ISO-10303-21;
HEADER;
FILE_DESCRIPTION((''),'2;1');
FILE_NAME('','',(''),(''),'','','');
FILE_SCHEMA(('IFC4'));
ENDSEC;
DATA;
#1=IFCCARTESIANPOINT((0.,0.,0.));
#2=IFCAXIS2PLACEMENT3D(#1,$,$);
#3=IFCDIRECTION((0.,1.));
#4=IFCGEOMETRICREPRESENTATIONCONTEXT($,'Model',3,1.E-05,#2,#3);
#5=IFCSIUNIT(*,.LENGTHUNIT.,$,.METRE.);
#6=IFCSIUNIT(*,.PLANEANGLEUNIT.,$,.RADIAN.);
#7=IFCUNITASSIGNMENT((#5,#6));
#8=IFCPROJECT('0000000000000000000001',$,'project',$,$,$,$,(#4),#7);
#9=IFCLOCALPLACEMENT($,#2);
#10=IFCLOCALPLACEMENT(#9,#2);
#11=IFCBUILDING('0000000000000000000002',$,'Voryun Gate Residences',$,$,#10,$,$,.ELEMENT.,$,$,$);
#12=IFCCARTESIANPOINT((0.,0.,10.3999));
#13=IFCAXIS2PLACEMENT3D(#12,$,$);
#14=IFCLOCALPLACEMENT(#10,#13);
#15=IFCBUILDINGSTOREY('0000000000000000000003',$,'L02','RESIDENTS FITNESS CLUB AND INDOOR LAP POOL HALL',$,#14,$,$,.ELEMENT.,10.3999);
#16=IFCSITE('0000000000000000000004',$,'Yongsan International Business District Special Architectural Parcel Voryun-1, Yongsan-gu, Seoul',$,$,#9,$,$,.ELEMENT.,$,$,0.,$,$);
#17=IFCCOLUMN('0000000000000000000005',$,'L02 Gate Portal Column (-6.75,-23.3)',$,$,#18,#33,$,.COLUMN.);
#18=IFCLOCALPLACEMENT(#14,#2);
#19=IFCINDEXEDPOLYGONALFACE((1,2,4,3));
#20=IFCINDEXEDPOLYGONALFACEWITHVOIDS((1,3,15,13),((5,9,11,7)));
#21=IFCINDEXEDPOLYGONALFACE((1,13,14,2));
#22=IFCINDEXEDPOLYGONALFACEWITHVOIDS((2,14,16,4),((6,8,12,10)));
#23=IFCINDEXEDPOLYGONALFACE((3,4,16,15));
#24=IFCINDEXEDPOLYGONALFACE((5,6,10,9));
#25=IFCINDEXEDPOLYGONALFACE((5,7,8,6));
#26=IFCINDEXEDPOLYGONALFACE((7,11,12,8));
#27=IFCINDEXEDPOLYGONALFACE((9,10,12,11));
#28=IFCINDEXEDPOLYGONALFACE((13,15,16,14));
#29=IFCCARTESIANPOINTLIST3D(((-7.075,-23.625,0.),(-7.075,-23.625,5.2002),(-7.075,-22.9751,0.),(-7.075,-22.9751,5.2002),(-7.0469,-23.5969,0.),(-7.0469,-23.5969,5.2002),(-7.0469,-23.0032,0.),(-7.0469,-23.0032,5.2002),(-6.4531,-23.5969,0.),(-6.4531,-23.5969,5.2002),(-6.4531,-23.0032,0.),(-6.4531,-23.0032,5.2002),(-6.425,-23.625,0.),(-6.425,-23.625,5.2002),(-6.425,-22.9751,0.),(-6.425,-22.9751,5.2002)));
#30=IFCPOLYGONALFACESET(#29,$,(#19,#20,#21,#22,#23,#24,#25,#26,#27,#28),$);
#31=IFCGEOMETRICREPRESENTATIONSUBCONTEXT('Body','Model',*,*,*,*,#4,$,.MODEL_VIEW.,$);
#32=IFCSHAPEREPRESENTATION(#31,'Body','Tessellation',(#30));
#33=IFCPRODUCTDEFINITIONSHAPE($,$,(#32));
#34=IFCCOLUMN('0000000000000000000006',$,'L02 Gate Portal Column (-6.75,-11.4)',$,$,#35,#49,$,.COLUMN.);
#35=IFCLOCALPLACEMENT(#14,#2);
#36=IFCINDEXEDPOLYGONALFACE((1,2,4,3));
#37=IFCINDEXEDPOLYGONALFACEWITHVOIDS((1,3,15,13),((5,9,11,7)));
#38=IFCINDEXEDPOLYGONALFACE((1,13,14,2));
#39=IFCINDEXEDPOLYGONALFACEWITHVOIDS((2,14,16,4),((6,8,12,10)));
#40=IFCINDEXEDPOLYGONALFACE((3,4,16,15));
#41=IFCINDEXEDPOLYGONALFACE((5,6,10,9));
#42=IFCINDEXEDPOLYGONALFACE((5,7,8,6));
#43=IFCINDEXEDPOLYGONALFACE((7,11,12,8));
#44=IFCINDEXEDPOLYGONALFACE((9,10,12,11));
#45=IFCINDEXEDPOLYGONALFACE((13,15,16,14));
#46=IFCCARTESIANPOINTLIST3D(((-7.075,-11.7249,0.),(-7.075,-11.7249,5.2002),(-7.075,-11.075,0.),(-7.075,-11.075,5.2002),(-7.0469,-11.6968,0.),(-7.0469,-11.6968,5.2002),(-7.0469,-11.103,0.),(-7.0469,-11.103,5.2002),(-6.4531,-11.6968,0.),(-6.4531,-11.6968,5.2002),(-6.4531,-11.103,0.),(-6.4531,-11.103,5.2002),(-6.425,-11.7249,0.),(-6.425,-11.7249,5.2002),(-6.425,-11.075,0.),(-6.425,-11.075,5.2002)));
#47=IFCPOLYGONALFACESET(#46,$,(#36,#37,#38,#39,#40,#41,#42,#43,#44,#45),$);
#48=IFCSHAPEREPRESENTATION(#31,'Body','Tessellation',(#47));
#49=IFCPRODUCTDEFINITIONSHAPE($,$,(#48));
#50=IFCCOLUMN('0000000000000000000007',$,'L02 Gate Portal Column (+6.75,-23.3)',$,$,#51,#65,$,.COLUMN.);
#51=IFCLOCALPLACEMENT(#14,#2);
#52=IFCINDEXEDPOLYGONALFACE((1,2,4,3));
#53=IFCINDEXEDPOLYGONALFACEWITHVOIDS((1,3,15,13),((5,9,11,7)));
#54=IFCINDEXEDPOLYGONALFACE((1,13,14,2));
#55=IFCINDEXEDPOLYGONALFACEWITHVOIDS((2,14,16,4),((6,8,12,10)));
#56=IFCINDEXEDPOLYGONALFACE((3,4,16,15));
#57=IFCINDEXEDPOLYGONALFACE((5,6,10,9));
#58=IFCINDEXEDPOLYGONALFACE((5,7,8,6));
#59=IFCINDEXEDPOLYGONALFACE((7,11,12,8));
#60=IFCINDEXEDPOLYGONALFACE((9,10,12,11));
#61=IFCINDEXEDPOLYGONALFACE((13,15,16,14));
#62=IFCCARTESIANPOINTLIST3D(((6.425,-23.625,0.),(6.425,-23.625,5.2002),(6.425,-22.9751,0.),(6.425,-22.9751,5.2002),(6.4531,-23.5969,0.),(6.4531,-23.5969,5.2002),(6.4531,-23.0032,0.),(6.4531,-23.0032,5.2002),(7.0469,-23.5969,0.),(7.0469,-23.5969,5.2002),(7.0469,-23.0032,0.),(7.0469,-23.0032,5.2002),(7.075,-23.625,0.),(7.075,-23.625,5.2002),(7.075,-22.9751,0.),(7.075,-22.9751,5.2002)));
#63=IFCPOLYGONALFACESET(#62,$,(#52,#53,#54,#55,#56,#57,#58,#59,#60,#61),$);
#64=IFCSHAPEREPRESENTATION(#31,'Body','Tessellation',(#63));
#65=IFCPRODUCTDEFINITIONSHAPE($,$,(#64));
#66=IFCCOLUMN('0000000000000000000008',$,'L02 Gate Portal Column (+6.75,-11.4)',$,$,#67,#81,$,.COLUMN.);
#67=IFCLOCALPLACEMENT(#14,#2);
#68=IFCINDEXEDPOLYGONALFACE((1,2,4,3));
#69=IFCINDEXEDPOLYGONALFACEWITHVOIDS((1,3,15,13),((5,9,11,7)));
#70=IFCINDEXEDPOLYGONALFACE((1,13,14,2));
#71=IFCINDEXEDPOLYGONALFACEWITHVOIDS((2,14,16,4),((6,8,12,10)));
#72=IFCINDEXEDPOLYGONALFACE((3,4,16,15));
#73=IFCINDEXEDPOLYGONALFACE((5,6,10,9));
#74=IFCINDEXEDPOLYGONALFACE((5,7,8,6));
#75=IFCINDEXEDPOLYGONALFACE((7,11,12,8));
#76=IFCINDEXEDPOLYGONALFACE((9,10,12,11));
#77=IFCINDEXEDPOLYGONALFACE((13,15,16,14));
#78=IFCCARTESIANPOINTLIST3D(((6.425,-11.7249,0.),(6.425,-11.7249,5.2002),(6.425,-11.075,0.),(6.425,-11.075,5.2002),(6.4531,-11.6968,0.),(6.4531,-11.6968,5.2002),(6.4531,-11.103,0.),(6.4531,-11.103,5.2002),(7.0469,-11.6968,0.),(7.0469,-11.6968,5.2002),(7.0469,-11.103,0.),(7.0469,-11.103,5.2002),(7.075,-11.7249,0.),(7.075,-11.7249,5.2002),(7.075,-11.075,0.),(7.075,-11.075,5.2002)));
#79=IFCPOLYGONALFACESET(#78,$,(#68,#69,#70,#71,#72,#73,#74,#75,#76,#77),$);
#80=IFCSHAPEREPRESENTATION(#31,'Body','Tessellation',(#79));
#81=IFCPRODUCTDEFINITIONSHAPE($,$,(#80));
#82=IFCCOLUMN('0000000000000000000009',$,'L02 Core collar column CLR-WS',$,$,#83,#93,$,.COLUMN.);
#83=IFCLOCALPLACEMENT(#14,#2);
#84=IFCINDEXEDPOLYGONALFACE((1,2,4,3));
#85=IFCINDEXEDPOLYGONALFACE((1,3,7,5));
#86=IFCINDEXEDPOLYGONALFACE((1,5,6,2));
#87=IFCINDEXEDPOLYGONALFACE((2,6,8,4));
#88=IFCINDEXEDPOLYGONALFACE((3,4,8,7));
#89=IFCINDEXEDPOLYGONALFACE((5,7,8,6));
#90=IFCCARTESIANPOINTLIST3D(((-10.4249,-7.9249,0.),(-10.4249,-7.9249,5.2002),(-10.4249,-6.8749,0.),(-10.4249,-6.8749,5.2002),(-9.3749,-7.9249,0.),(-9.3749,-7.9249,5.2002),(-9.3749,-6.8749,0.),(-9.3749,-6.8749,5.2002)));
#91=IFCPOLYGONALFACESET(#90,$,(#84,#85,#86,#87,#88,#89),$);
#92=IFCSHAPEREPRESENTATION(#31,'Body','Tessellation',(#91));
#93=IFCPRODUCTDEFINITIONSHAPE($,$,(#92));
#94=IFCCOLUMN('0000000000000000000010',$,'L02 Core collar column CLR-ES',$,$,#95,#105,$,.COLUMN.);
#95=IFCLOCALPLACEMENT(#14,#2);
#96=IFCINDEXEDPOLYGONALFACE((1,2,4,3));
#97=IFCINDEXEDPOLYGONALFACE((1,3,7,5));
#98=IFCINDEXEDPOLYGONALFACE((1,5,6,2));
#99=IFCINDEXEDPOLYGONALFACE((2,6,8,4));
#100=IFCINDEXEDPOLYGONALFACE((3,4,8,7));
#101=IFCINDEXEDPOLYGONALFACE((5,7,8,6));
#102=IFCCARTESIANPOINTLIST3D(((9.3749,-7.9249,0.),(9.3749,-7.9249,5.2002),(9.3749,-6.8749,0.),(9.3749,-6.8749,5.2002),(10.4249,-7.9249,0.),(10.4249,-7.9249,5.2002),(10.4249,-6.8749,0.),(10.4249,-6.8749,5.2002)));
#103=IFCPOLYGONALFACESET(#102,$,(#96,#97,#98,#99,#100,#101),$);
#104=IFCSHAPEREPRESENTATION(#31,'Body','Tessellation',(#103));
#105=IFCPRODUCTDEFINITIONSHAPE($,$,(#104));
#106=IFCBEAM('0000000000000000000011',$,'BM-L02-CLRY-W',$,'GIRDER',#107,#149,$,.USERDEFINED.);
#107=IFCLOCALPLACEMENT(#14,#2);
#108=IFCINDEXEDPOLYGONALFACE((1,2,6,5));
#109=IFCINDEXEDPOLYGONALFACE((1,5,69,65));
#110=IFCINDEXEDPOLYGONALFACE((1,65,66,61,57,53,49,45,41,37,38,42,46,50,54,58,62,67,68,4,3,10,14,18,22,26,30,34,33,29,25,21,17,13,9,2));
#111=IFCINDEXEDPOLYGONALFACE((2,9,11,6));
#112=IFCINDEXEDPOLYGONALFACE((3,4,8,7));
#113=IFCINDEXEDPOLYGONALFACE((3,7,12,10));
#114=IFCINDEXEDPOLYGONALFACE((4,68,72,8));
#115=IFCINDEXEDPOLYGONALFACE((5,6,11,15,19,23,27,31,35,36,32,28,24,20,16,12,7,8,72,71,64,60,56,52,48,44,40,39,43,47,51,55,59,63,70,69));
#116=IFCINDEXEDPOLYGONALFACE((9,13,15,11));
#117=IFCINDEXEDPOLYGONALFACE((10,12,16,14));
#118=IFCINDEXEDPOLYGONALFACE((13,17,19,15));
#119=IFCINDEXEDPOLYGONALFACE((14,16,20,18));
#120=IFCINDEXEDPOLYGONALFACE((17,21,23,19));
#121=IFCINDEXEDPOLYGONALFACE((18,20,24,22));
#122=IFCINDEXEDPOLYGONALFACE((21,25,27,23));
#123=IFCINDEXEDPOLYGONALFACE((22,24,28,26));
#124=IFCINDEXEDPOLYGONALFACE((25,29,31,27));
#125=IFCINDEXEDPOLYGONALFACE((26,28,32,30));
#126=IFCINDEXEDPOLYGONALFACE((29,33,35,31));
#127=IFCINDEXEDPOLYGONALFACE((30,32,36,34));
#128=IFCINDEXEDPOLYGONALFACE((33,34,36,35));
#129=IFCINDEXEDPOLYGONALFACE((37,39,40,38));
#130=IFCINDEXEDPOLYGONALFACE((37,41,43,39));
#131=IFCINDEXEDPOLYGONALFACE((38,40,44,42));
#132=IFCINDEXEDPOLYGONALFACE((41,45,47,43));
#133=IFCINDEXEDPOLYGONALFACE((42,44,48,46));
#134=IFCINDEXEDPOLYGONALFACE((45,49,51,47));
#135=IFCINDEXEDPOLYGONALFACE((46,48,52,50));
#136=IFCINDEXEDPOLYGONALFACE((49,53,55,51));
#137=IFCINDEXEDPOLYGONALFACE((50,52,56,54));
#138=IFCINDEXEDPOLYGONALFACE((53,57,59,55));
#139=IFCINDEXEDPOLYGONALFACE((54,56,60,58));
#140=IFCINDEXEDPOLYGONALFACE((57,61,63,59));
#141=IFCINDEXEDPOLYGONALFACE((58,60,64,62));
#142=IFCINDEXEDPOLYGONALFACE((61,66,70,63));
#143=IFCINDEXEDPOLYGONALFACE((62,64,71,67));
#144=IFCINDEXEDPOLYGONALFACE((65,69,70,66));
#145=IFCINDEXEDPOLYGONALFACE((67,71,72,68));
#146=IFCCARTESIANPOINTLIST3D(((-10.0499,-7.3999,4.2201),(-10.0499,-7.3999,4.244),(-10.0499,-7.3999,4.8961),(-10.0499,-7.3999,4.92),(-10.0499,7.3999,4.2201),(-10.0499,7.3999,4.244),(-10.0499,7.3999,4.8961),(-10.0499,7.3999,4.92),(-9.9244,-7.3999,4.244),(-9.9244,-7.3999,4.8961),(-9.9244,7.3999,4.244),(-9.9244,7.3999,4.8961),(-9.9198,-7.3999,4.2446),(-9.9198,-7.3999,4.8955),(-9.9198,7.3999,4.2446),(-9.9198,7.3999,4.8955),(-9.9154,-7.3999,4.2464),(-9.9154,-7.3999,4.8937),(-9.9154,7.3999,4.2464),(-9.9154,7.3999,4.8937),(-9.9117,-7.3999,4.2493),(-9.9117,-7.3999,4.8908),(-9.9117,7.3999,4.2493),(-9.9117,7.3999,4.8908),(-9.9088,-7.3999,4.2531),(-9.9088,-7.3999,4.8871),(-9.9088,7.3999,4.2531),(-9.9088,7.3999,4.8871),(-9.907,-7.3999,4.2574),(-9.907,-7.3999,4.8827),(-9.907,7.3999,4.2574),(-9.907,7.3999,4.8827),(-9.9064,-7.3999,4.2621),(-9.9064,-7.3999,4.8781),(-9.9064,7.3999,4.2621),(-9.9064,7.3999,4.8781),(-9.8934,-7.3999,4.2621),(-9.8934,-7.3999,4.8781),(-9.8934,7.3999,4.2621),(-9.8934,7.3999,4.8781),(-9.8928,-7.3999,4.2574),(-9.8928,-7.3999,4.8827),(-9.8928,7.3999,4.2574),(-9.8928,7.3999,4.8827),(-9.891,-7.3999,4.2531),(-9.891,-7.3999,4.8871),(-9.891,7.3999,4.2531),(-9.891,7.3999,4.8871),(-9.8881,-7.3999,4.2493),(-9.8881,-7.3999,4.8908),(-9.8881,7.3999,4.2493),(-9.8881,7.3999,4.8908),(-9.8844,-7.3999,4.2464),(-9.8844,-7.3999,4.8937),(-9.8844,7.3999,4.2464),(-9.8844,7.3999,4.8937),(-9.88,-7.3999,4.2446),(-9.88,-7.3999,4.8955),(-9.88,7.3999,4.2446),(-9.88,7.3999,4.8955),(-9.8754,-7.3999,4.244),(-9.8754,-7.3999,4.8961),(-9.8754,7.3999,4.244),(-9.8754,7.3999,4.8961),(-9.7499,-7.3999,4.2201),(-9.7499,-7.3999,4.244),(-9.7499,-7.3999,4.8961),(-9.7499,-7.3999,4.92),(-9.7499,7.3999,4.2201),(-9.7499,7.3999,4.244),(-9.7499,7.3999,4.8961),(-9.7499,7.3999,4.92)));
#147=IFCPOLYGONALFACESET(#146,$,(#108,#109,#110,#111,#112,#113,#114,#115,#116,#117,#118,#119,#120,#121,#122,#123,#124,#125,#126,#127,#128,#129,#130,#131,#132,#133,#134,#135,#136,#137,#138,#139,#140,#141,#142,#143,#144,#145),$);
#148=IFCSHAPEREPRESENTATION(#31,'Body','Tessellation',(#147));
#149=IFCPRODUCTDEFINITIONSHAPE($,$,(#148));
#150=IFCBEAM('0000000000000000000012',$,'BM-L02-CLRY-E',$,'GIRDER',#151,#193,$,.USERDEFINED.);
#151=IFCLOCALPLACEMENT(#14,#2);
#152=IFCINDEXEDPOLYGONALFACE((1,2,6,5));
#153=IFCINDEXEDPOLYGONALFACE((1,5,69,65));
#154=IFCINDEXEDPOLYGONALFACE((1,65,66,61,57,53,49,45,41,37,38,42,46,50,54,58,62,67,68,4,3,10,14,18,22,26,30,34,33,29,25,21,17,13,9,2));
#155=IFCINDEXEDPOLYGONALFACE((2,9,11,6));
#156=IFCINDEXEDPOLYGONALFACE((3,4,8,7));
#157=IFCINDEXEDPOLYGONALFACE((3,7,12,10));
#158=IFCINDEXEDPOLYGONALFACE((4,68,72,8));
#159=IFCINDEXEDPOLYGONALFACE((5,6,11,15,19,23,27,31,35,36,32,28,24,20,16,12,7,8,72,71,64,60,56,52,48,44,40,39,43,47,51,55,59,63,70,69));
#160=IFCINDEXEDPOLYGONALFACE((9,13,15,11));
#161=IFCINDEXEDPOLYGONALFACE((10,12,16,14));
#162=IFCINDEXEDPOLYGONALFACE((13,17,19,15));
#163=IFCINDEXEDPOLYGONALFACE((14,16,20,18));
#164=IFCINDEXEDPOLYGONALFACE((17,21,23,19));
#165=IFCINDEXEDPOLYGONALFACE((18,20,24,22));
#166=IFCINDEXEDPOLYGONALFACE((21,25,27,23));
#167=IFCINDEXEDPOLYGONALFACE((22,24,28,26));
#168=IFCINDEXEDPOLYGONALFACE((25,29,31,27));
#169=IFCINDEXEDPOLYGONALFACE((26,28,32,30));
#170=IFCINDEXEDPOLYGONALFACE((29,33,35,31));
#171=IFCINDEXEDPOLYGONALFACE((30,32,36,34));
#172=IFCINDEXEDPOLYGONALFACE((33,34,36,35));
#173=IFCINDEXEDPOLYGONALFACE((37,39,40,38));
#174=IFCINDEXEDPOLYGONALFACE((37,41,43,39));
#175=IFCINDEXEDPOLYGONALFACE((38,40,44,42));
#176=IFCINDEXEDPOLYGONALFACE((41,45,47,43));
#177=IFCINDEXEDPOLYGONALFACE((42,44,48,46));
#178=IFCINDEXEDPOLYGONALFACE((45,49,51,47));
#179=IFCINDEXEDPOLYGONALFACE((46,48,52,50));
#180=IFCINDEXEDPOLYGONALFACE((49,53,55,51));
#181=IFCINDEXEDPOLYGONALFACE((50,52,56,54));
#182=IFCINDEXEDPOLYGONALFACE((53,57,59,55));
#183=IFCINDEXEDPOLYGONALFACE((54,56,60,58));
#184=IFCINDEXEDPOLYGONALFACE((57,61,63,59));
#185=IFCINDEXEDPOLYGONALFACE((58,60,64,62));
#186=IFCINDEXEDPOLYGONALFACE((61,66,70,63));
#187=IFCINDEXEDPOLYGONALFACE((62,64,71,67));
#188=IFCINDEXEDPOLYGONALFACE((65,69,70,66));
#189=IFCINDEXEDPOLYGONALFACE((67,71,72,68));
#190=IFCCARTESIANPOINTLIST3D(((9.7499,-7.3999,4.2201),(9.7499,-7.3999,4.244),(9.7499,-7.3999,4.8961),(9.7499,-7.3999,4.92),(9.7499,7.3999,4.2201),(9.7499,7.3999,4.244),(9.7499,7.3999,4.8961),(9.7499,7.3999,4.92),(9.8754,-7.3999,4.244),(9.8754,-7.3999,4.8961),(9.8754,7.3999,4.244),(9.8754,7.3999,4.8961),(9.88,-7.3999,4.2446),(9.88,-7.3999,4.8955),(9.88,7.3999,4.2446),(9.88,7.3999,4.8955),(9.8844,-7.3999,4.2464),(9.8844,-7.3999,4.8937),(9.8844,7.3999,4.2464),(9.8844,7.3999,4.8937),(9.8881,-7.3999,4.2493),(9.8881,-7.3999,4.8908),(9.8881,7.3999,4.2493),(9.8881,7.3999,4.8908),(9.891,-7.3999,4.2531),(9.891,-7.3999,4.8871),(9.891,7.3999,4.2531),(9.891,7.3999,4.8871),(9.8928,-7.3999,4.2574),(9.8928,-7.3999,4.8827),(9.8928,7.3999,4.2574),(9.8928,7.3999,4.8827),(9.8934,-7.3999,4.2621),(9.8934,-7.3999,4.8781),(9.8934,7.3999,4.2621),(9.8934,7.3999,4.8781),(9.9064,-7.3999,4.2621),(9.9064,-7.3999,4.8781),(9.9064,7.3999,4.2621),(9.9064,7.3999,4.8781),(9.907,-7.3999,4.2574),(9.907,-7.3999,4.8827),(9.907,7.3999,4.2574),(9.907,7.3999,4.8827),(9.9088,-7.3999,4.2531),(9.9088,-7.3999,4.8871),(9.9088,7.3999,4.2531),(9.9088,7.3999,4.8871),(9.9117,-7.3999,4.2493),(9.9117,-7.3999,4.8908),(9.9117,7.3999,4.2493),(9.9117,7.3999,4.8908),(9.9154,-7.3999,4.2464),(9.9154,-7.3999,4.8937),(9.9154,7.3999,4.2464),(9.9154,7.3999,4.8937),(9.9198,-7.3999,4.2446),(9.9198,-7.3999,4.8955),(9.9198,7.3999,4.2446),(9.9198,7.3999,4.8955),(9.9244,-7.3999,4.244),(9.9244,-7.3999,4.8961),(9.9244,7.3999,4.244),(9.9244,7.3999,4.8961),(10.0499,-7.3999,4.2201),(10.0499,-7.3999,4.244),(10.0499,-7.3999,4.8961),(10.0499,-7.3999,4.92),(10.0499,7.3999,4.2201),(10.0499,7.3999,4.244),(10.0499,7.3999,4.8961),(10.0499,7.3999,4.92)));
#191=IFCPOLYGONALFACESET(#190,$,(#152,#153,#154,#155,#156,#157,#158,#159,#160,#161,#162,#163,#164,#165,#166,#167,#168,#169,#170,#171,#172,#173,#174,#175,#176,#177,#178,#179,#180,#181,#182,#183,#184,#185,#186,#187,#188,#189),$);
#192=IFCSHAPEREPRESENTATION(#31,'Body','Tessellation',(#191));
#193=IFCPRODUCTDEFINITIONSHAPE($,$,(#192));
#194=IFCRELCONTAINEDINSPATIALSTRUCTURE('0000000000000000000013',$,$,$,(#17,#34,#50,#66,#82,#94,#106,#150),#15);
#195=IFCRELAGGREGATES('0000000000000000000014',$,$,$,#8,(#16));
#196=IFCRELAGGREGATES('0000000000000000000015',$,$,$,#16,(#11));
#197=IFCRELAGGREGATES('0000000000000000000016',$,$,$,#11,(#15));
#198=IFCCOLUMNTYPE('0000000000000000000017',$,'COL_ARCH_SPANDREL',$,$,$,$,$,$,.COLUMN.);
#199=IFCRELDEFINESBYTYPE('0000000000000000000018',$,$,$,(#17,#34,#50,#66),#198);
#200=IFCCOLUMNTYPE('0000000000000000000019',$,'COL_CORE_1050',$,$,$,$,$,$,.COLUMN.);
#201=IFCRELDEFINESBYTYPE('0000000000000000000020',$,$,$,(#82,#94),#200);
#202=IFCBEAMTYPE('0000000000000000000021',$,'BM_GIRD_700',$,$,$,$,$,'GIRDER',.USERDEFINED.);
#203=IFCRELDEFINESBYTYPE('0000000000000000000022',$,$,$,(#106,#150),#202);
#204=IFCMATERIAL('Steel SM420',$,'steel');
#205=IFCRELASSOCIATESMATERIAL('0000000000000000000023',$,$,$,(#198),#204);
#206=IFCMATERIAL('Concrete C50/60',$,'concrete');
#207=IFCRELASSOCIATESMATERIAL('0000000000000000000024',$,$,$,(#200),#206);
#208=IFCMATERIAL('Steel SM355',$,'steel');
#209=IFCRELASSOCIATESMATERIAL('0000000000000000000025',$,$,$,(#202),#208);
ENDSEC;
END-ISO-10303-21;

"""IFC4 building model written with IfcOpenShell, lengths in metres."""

from ifc_helpers import new_model, si_unit, direction, frame, origin, origin_2d, place, context, subcontext, project, spatial, rectangle, hollow_rectangle, i_section, extrude, material, material_profile, profile_set, type_object, element, save


model = new_model("IFC4")

# Units and contexts
model_context = context("Model", 3, precision=1e-05, world=origin(), true_north=direction((0.0, 1.0)))
body_context = subcontext(model_context, "Body", "Model", "MODEL_VIEW")
ifc_project = project(units=[si_unit("LENGTHUNIT", "METRE"), si_unit("PLANEANGLEUNIT", "RADIAN")], contexts=[model_context])

# Site, building, storey
site_placement = place(None, origin())
site = spatial("IfcSite", under=ifc_project, at=site_placement, Name="Yongsan International Business District Special Architectural Parcel Voryun-1, Yongsan-gu, Seoul", CompositionType="ELEMENT", RefElevation=0.0)
building_placement = place(site_placement, origin())
building = spatial("IfcBuilding", under=site, at=building_placement, Name="Voryun Gate Residences", CompositionType="ELEMENT")
storey_placement = place(building_placement, frame((0.0, 0.0, 10.3999)))
storey = spatial("IfcBuildingStorey", under=building, at=storey_placement, Name="L02", Description="RESIDENTS FITNESS CLUB AND INDOOR LAP POOL HALL", CompositionType="ELEMENT", Elevation=10.3999)

# Columns
ifc_material_1 = material(Name="Steel SM420", Category="steel")
ifc_material_profile_1 = material_profile(ifc_material_1, hollow_rectangle(XDim=0.6499, YDim=0.6499, WallThickness=0.0281, at=origin_2d()), Name="BOX-650x650x28")
ifc_profile_set_1 = profile_set([ifc_material_profile_1], Name="Steel SM420")
column_type_1 = type_object("IfcColumnType", Name="COL_ARCH_SPANDREL", PredefinedType="COLUMN", material=ifc_profile_set_1)
for number, where, z_axis, x_axis, name in (
    (1, (-6.75, -23.3, 0.0), (0.0, 0.0, 1.0), (1.0, 0.0, 0.0), "L02 Gate Portal Column (-6.75,-23.3)"),
    (2, (-6.75, -11.3999, 0.0), (0.0, 0.0, 1.0), (1.0, 0.0, 0.0), "L02 Gate Portal Column (-6.75,-11.4)"),
    (3, (6.75, -23.3, 0.0), (0.0, 0.0, 1.0), (1.0, 0.0, 0.0), "L02 Gate Portal Column (+6.75,-23.3)"),
    (4, (6.75, -11.3999, 0.0), (0.0, 0.0, 1.0), (1.0, 0.0, 0.0), "L02 Gate Portal Column (+6.75,-11.4)"),
):
    element("IfcColumn", number, at=place(storey_placement, frame(where, z_axis=z_axis, x_axis=x_axis)), inside=storey, type_object=column_type_1, Name=name, PredefinedType="COLUMN", context=body_context, shape_type="SweptSolid", body=[
        extrude(hollow_rectangle(XDim=0.6499, YDim=0.6499, WallThickness=0.0281, at=origin_2d()), origin(), (0.0, 0.0, 1.0), 5.2002),
    ])
ifc_material_2 = material(Name="Concrete C50/60", Category="concrete")
ifc_material_profile_2 = material_profile(ifc_material_2, rectangle(XDim=1.05, YDim=1.05, at=origin_2d()), Name="RC-1050x1050")
ifc_profile_set_2 = profile_set([ifc_material_profile_2], Name="Concrete C50/60")
column_type_2 = type_object("IfcColumnType", Name="COL_CORE_1050", PredefinedType="COLUMN", material=ifc_profile_set_2)
for number, where, z_axis, x_axis, name in (
    (5, (-9.8999, -7.3999, 0.0), (0.0, 0.0, 1.0), (1.0, 0.0, 0.0), "L02 Core collar column CLR-WS"),
    (6, (9.8999, -7.3999, 0.0), (0.0, 0.0, 1.0), (1.0, 0.0, 0.0), "L02 Core collar column CLR-ES"),
):
    element("IfcColumn", number, at=place(storey_placement, frame(where, z_axis=z_axis, x_axis=x_axis)), inside=storey, type_object=column_type_2, Name=name, PredefinedType="COLUMN", context=body_context, shape_type="SweptSolid", body=[
        extrude(rectangle(XDim=1.05, YDim=1.05, at=origin_2d()), origin(), (0.0, 0.0, 1.0), 5.2002),
    ])

# Beams
ifc_material_3 = material(Name="Steel SM355", Category="steel")
ifc_material_profile_3 = material_profile(ifc_material_3, i_section(OverallWidth=0.3, OverallDepth=0.7, WebThickness=0.0129, FlangeThickness=0.0239, FilletRadius=0.0181, at=origin_2d()), Name="H-700x300x13x24")
ifc_profile_set_3 = profile_set([ifc_material_profile_3], Name="Steel SM355")
beam_type = type_object("IfcBeamType", Name="BM_GIRD_700", ElementType="GIRDER", PredefinedType="USERDEFINED", material=ifc_profile_set_3)
for number, where, z_axis, x_axis, name in (
    (7, (-9.8999, -7.3999, 4.5701), (0.0, 1.0, 0.0), (-1.0, 0.0, 0.0), "BM-L02-CLRY-W"),
    (8, (9.8999, -7.3999, 4.5701), (0.0, 1.0, 0.0), (-1.0, 0.0, 0.0), "BM-L02-CLRY-E"),
):
    element("IfcBeam", number, at=place(storey_placement, frame(where, z_axis=z_axis, x_axis=x_axis)), inside=storey, type_object=beam_type, Name=name, ObjectType="GIRDER", PredefinedType="USERDEFINED", context=body_context, shape_type="SweptSolid", body=[
        extrude(i_section(OverallWidth=0.3, OverallDepth=0.7, WebThickness=0.0129, FlangeThickness=0.0239, FilletRadius=0.0181, at=origin_2d()), origin(), (0.0, 0.0, 1.0), 14.7998),
    ])

save(model, "model.ifc")
